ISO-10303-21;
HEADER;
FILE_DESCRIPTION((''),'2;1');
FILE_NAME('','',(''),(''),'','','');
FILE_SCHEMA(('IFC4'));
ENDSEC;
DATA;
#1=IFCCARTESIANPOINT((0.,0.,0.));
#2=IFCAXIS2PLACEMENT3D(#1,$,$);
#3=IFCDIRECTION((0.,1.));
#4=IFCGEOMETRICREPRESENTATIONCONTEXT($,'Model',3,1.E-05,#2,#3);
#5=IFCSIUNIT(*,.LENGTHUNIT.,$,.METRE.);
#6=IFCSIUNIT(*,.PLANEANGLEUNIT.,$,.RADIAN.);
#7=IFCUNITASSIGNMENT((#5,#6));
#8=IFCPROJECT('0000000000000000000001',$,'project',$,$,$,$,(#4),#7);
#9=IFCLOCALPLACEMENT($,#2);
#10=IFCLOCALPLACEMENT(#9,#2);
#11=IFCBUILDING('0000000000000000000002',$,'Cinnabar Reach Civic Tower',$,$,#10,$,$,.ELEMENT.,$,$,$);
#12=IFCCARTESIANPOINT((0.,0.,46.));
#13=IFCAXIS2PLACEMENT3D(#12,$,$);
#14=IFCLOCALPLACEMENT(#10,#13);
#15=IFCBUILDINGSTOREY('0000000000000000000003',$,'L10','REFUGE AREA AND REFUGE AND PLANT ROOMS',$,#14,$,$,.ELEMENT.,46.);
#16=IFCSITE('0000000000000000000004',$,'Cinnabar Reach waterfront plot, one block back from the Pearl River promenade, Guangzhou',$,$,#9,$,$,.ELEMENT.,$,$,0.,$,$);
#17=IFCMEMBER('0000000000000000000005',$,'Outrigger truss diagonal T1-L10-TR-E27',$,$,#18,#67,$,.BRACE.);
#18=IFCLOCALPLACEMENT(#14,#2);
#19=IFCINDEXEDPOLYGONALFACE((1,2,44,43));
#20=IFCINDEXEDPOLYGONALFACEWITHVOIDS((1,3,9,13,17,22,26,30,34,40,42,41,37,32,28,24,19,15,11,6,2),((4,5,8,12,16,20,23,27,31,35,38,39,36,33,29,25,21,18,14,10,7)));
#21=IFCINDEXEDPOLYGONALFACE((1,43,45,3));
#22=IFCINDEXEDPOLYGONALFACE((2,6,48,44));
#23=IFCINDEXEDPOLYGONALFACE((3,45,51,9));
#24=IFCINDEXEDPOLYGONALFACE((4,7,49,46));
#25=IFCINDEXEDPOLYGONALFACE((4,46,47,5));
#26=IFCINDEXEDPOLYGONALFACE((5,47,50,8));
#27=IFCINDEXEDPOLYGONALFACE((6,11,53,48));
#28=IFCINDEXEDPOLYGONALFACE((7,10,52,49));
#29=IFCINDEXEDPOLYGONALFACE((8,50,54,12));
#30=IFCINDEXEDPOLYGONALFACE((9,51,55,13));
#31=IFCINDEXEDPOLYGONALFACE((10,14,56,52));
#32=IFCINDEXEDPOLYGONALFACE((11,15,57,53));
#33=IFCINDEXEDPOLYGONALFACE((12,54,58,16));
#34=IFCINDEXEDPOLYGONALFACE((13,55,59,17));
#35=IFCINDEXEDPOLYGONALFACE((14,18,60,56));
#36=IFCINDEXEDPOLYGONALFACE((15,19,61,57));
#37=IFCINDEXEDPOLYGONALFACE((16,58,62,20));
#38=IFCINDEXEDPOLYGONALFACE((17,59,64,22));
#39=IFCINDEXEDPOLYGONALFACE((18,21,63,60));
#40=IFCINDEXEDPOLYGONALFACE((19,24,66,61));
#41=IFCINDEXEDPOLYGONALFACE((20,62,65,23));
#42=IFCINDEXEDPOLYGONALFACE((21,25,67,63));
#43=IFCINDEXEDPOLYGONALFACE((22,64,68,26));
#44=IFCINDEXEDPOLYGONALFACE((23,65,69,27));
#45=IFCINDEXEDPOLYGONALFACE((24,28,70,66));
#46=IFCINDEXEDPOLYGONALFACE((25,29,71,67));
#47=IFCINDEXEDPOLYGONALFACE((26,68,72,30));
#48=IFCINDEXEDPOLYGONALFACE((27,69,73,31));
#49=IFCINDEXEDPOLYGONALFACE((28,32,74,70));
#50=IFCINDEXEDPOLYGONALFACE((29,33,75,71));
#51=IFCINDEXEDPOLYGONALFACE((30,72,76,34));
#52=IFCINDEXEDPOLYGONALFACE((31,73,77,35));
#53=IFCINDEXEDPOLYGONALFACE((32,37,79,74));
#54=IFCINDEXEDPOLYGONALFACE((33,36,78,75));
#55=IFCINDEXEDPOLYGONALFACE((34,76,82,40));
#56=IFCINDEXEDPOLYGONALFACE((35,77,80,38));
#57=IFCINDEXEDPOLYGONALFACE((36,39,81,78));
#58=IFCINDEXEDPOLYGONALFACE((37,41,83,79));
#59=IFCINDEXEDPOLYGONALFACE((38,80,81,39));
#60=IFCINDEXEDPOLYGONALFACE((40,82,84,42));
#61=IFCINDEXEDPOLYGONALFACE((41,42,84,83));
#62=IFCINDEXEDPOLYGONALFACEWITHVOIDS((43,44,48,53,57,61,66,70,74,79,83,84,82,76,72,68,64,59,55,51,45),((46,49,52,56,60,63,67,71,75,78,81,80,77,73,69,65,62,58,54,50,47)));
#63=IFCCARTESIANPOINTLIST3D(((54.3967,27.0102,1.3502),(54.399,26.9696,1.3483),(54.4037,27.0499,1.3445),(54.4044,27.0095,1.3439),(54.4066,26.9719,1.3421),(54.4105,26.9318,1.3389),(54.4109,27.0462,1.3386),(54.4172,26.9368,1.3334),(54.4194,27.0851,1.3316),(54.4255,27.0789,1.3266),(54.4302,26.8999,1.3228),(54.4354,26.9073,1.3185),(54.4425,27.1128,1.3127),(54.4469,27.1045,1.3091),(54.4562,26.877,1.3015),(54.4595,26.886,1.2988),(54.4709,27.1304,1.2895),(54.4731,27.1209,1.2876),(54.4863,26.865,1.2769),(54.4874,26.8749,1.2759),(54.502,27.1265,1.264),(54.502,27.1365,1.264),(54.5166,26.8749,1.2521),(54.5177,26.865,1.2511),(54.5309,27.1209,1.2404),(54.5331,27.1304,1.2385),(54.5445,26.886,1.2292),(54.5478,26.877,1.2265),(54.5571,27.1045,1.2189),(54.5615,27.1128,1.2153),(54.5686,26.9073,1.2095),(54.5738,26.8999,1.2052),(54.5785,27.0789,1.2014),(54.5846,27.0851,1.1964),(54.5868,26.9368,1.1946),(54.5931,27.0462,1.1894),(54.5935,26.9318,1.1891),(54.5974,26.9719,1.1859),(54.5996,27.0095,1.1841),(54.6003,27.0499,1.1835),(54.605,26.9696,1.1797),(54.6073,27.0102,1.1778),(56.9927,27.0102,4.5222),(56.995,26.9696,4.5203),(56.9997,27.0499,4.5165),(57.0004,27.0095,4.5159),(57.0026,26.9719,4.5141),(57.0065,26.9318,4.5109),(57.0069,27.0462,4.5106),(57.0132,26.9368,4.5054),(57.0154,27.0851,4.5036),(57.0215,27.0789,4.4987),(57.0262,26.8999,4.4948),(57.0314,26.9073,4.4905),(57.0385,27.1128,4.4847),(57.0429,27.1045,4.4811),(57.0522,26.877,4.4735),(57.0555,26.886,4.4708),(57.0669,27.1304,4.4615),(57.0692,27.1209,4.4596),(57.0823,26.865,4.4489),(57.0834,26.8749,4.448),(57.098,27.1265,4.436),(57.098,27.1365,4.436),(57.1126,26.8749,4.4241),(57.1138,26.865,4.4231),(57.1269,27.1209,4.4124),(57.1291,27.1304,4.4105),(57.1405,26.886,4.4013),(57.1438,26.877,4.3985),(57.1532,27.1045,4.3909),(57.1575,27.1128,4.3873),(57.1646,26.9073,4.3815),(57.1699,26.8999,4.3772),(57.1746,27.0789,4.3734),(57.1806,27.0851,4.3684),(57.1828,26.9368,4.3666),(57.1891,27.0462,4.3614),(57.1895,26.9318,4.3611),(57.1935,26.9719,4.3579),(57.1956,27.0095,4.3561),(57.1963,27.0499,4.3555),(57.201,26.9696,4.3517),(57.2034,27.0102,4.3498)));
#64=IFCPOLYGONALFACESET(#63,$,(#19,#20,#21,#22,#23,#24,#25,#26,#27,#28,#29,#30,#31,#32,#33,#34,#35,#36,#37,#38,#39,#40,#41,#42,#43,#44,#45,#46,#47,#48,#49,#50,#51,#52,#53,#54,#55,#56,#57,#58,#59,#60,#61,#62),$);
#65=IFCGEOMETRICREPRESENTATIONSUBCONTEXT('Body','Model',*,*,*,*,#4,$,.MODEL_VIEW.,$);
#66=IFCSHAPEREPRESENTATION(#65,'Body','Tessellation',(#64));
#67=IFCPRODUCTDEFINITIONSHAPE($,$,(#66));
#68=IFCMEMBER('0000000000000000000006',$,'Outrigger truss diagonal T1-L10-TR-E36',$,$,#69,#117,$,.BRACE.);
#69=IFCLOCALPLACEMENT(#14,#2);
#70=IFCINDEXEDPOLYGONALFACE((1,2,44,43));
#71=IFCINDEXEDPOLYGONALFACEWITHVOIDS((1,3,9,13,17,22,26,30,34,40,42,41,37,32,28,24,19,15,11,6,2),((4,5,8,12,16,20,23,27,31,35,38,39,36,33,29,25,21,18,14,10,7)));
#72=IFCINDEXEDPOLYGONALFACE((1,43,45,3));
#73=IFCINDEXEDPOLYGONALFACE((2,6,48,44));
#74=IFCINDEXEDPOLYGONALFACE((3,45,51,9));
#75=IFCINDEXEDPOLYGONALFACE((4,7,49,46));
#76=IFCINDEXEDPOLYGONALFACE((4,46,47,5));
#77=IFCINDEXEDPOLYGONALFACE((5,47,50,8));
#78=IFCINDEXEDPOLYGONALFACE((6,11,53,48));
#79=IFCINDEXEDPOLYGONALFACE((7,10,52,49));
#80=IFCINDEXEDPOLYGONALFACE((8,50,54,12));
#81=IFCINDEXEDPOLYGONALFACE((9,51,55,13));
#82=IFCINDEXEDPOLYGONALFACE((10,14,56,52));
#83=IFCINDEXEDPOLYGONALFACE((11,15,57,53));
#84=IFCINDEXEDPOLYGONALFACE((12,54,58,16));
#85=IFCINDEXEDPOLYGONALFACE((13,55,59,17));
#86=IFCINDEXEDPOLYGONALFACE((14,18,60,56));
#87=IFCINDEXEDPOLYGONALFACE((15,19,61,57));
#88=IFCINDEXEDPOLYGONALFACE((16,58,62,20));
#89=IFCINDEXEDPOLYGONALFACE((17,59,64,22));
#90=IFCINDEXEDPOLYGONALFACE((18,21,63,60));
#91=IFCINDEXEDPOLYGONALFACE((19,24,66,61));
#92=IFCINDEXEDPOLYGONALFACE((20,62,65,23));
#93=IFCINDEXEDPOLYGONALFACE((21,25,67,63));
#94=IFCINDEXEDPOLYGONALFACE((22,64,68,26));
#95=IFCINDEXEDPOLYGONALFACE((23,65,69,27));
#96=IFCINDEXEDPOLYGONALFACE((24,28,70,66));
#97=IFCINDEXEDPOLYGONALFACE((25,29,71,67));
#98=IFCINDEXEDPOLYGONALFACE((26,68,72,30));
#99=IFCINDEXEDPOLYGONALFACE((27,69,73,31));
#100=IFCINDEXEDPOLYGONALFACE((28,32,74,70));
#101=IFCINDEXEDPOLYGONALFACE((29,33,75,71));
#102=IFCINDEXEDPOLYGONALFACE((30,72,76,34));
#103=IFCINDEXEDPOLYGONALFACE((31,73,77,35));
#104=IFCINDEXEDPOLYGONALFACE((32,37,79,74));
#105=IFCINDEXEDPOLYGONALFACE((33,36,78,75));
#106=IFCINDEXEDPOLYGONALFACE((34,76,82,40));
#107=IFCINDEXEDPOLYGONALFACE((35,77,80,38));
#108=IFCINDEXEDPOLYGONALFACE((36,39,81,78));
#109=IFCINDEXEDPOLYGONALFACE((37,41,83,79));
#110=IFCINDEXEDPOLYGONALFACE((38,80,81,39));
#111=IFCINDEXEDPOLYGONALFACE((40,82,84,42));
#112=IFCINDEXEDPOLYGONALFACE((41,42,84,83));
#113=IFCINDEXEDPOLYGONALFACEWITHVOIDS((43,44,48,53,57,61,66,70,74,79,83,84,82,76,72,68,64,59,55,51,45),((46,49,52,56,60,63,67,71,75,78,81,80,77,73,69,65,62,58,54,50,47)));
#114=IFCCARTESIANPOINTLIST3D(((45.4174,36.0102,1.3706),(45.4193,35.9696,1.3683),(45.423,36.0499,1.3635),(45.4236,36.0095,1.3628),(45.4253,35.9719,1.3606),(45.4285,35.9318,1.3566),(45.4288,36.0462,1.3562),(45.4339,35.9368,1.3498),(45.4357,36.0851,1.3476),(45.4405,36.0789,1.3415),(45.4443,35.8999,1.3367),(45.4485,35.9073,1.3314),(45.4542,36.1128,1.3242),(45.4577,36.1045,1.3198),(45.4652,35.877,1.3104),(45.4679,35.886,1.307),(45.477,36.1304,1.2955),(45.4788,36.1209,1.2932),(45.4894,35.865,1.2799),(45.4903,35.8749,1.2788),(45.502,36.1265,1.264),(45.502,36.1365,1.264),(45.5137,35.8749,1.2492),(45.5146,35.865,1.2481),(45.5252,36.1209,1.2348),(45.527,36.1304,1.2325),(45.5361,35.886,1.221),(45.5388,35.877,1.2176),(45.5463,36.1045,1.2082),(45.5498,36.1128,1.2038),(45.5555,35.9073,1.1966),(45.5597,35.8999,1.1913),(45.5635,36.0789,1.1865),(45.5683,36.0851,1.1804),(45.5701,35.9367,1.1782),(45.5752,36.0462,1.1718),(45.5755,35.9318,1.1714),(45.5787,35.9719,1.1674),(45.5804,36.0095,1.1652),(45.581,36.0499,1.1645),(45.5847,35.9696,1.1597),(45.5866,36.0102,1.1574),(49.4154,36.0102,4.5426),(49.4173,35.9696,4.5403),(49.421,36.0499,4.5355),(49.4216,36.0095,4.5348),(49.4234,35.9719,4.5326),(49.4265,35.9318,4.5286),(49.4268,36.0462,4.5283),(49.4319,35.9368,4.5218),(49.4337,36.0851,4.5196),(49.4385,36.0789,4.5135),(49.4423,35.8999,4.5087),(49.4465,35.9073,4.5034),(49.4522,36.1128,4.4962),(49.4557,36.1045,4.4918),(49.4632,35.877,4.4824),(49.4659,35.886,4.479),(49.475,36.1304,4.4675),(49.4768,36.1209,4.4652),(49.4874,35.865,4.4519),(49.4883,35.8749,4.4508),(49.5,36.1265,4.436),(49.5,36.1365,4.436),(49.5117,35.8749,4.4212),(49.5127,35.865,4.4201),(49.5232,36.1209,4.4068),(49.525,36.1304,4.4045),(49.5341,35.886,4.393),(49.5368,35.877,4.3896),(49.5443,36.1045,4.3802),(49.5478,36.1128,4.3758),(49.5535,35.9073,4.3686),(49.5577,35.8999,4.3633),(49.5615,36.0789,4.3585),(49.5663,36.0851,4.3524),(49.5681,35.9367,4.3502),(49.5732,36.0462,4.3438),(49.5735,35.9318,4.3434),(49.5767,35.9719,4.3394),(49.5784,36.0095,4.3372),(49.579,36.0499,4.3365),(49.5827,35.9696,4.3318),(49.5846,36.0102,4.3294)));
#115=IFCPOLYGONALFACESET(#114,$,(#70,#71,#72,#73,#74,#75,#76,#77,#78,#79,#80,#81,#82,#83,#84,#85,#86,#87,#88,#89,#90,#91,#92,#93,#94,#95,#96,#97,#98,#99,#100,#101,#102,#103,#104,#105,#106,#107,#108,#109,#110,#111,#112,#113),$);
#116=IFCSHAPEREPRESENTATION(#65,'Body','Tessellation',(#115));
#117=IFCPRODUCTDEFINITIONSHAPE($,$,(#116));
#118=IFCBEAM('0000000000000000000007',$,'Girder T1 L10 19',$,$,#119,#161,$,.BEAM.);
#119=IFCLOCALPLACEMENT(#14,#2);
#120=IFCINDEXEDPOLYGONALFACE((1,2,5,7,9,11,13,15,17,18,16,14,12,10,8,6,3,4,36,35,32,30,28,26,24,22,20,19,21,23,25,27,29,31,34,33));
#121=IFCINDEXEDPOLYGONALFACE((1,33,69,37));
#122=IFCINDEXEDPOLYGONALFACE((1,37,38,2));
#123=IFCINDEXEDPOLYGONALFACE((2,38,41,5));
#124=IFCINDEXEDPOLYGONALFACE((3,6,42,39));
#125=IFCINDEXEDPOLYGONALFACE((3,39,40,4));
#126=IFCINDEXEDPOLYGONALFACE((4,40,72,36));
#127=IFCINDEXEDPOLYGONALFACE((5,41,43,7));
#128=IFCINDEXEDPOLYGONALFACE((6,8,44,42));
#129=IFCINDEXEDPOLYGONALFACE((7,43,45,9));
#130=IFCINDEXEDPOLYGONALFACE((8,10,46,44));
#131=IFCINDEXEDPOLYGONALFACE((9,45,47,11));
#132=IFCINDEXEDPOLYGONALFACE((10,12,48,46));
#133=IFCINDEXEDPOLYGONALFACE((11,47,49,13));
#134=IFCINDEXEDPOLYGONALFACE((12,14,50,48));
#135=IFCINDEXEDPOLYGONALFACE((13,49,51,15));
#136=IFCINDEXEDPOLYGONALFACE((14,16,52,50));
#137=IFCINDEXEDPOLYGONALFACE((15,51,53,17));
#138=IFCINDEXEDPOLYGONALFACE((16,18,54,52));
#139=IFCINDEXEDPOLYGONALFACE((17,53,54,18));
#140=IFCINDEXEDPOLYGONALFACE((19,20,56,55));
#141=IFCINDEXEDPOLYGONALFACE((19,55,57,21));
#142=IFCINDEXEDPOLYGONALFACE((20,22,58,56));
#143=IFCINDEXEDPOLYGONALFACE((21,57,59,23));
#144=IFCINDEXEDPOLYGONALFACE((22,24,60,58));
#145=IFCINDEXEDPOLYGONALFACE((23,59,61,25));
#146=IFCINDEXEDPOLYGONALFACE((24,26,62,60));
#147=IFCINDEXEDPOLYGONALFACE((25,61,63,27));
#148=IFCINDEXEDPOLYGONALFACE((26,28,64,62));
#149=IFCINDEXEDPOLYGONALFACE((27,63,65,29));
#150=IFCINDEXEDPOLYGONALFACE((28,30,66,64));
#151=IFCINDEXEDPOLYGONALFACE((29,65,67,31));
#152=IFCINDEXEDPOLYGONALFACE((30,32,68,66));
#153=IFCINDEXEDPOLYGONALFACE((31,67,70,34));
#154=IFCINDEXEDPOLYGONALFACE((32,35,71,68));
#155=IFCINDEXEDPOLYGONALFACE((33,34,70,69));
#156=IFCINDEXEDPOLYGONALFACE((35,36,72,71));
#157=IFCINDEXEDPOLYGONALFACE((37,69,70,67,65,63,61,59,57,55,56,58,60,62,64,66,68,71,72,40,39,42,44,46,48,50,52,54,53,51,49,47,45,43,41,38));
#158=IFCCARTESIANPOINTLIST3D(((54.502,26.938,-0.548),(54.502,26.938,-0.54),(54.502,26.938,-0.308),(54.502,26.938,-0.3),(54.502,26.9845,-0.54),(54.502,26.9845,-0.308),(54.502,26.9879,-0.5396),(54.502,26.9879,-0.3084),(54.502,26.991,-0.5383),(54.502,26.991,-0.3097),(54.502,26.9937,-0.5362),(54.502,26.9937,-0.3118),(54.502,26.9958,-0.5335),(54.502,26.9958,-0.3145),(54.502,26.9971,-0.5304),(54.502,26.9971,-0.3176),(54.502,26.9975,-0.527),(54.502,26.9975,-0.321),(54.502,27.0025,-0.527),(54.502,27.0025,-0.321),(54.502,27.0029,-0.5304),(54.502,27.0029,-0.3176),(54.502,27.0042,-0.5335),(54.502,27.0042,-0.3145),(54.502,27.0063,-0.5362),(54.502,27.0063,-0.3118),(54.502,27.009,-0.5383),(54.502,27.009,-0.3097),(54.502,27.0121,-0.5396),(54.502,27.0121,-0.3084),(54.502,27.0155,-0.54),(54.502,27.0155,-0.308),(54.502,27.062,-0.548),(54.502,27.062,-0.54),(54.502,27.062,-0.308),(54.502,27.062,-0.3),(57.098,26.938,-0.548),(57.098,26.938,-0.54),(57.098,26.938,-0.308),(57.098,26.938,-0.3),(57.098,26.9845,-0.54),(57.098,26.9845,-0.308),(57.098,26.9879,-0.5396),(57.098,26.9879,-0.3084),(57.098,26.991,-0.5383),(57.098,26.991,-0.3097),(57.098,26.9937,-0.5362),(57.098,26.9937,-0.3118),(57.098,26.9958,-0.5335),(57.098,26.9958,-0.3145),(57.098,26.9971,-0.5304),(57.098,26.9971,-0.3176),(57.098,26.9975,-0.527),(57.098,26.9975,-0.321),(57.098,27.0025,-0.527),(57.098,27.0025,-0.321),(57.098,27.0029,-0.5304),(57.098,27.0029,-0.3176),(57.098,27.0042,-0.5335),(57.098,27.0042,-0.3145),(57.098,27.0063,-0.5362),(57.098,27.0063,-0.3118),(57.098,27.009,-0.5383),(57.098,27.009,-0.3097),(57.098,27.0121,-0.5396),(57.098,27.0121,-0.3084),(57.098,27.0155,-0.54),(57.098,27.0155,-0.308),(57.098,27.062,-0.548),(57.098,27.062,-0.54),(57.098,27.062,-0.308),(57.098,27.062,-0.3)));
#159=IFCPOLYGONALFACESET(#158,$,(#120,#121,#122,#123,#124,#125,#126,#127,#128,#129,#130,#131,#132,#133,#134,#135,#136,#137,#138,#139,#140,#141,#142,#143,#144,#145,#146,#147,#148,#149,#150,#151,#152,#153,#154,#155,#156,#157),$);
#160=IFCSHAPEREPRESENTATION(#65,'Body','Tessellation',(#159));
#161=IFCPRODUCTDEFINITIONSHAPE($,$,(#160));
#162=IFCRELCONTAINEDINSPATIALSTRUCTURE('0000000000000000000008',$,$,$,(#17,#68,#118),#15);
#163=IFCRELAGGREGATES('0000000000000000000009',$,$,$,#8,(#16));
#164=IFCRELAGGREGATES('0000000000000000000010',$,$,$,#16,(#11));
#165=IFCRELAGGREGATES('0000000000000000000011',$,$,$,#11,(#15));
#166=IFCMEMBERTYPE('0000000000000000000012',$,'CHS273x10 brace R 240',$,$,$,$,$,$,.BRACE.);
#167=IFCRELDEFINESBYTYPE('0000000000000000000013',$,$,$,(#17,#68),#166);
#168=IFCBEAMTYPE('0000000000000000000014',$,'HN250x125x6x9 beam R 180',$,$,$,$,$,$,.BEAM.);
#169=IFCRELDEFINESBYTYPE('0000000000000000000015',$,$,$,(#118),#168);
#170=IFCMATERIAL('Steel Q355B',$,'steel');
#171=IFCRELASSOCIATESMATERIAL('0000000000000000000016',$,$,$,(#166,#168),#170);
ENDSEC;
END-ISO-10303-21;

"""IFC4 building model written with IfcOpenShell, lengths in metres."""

from ifc_helpers import new_model, si_unit, direction, frame, origin, origin_2d, place, context, subcontext, project, spatial, hollow_circle, i_section, extrude, material, material_profile, profile_set, type_object, element, save


model = new_model("IFC4")

# Units and contexts
model_context = context("Model", 3, precision=1e-05, world=origin(), true_north=direction((0.0, 1.0)))
body_context = subcontext(model_context, "Body", "Model", "MODEL_VIEW")
ifc_project = project(units=[si_unit("LENGTHUNIT", "METRE"), si_unit("PLANEANGLEUNIT", "RADIAN")], contexts=[model_context])

# Site, building, storey
site_placement = place(None, origin())
site = spatial("IfcSite", under=ifc_project, at=site_placement, Name="Cinnabar Reach waterfront plot, one block back from the Pearl River promenade, Guangzhou", CompositionType="ELEMENT", RefElevation=0.0)
building_placement = place(site_placement, origin())
building = spatial("IfcBuilding", under=site, at=building_placement, Name="Cinnabar Reach Civic Tower", CompositionType="ELEMENT")
storey_placement = place(building_placement, frame((0.0, 0.0, 46.0)))
storey = spatial("IfcBuildingStorey", under=building, at=storey_placement, Name="L10", Description="REFUGE AREA AND REFUGE AND PLANT ROOMS", CompositionType="ELEMENT", Elevation=46.0)

# Shared definitions
ifc_material_1 = material(Name="Steel Q355B", Category="steel")

# Members
ifc_material_profile_1 = material_profile(ifc_material_1, hollow_circle(Radius=0.1365, WallThickness=0.01, at=origin_2d()), Name="CHS273x10")
ifc_profile_set_1 = profile_set([ifc_material_profile_1], Name="Steel Q355B")
member_type_1 = type_object("IfcMemberType", Name="CHS273x10 brace R 240", PredefinedType="BRACE", material=ifc_profile_set_1)
member_1_placement = place(storey_placement, frame((54.502, 27.0, 1.264), z_axis=(0.633344, 0.0, 0.77387), x_axis=(0.0, 1.0, 0.0)))
element("IfcMember", 1, at=member_1_placement, inside=storey, type_object=member_type_1, Name="Outrigger truss diagonal T1-L10-TR-E27", PredefinedType="BRACE", context=body_context, shape_type="SweptSolid", body=[
    extrude(hollow_circle(Radius=0.1365, WallThickness=0.01, at=origin_2d()), origin(), (0.0, 0.0, 1.0), 4.0989),
])
member_2_placement = place(storey_placement, frame((45.502, 36.0, 1.264), z_axis=(0.783386, 0.0, 0.621536), x_axis=(0.0, 1.0, 0.0)))
element("IfcMember", 2, at=member_2_placement, inside=storey, type_object=member_type_1, Name="Outrigger truss diagonal T1-L10-TR-E36", PredefinedType="BRACE", context=body_context, shape_type="SweptSolid", body=[
    extrude(hollow_circle(Radius=0.1365, WallThickness=0.01, at=origin_2d()), origin(), (0.0, 0.0, 1.0), 5.1035),
])

# Beam
ifc_material_profile_2 = material_profile(ifc_material_1, i_section(OverallWidth=0.124, OverallDepth=0.248, WebThickness=0.005, FlangeThickness=0.008, FilletRadius=0.013, at=origin_2d()), Name="HN250x125x6x9")
ifc_profile_set_2 = profile_set([ifc_material_profile_2], Name="Steel Q355B")
beam_type_1 = type_object("IfcBeamType", Name="HN250x125x6x9 beam R 180", PredefinedType="BEAM", material=ifc_profile_set_2)
beam_1_placement = place(storey_placement, frame((54.502, 27.0, -0.424), z_axis=(1.0, 0.0, 0.0), x_axis=(0.0, 1.0, 0.0)))
element("IfcBeam", 3, at=beam_1_placement, inside=storey, type_object=beam_type_1, Name="Girder T1 L10 19", PredefinedType="BEAM", context=body_context, shape_type="SweptSolid", body=[
    extrude(i_section(OverallWidth=0.124, OverallDepth=0.248, WebThickness=0.005, FlangeThickness=0.008, FilletRadius=0.013, at=origin_2d()), origin(), (0.0, 0.0, 1.0), 2.596),
])

save(model, "model.ifc")
